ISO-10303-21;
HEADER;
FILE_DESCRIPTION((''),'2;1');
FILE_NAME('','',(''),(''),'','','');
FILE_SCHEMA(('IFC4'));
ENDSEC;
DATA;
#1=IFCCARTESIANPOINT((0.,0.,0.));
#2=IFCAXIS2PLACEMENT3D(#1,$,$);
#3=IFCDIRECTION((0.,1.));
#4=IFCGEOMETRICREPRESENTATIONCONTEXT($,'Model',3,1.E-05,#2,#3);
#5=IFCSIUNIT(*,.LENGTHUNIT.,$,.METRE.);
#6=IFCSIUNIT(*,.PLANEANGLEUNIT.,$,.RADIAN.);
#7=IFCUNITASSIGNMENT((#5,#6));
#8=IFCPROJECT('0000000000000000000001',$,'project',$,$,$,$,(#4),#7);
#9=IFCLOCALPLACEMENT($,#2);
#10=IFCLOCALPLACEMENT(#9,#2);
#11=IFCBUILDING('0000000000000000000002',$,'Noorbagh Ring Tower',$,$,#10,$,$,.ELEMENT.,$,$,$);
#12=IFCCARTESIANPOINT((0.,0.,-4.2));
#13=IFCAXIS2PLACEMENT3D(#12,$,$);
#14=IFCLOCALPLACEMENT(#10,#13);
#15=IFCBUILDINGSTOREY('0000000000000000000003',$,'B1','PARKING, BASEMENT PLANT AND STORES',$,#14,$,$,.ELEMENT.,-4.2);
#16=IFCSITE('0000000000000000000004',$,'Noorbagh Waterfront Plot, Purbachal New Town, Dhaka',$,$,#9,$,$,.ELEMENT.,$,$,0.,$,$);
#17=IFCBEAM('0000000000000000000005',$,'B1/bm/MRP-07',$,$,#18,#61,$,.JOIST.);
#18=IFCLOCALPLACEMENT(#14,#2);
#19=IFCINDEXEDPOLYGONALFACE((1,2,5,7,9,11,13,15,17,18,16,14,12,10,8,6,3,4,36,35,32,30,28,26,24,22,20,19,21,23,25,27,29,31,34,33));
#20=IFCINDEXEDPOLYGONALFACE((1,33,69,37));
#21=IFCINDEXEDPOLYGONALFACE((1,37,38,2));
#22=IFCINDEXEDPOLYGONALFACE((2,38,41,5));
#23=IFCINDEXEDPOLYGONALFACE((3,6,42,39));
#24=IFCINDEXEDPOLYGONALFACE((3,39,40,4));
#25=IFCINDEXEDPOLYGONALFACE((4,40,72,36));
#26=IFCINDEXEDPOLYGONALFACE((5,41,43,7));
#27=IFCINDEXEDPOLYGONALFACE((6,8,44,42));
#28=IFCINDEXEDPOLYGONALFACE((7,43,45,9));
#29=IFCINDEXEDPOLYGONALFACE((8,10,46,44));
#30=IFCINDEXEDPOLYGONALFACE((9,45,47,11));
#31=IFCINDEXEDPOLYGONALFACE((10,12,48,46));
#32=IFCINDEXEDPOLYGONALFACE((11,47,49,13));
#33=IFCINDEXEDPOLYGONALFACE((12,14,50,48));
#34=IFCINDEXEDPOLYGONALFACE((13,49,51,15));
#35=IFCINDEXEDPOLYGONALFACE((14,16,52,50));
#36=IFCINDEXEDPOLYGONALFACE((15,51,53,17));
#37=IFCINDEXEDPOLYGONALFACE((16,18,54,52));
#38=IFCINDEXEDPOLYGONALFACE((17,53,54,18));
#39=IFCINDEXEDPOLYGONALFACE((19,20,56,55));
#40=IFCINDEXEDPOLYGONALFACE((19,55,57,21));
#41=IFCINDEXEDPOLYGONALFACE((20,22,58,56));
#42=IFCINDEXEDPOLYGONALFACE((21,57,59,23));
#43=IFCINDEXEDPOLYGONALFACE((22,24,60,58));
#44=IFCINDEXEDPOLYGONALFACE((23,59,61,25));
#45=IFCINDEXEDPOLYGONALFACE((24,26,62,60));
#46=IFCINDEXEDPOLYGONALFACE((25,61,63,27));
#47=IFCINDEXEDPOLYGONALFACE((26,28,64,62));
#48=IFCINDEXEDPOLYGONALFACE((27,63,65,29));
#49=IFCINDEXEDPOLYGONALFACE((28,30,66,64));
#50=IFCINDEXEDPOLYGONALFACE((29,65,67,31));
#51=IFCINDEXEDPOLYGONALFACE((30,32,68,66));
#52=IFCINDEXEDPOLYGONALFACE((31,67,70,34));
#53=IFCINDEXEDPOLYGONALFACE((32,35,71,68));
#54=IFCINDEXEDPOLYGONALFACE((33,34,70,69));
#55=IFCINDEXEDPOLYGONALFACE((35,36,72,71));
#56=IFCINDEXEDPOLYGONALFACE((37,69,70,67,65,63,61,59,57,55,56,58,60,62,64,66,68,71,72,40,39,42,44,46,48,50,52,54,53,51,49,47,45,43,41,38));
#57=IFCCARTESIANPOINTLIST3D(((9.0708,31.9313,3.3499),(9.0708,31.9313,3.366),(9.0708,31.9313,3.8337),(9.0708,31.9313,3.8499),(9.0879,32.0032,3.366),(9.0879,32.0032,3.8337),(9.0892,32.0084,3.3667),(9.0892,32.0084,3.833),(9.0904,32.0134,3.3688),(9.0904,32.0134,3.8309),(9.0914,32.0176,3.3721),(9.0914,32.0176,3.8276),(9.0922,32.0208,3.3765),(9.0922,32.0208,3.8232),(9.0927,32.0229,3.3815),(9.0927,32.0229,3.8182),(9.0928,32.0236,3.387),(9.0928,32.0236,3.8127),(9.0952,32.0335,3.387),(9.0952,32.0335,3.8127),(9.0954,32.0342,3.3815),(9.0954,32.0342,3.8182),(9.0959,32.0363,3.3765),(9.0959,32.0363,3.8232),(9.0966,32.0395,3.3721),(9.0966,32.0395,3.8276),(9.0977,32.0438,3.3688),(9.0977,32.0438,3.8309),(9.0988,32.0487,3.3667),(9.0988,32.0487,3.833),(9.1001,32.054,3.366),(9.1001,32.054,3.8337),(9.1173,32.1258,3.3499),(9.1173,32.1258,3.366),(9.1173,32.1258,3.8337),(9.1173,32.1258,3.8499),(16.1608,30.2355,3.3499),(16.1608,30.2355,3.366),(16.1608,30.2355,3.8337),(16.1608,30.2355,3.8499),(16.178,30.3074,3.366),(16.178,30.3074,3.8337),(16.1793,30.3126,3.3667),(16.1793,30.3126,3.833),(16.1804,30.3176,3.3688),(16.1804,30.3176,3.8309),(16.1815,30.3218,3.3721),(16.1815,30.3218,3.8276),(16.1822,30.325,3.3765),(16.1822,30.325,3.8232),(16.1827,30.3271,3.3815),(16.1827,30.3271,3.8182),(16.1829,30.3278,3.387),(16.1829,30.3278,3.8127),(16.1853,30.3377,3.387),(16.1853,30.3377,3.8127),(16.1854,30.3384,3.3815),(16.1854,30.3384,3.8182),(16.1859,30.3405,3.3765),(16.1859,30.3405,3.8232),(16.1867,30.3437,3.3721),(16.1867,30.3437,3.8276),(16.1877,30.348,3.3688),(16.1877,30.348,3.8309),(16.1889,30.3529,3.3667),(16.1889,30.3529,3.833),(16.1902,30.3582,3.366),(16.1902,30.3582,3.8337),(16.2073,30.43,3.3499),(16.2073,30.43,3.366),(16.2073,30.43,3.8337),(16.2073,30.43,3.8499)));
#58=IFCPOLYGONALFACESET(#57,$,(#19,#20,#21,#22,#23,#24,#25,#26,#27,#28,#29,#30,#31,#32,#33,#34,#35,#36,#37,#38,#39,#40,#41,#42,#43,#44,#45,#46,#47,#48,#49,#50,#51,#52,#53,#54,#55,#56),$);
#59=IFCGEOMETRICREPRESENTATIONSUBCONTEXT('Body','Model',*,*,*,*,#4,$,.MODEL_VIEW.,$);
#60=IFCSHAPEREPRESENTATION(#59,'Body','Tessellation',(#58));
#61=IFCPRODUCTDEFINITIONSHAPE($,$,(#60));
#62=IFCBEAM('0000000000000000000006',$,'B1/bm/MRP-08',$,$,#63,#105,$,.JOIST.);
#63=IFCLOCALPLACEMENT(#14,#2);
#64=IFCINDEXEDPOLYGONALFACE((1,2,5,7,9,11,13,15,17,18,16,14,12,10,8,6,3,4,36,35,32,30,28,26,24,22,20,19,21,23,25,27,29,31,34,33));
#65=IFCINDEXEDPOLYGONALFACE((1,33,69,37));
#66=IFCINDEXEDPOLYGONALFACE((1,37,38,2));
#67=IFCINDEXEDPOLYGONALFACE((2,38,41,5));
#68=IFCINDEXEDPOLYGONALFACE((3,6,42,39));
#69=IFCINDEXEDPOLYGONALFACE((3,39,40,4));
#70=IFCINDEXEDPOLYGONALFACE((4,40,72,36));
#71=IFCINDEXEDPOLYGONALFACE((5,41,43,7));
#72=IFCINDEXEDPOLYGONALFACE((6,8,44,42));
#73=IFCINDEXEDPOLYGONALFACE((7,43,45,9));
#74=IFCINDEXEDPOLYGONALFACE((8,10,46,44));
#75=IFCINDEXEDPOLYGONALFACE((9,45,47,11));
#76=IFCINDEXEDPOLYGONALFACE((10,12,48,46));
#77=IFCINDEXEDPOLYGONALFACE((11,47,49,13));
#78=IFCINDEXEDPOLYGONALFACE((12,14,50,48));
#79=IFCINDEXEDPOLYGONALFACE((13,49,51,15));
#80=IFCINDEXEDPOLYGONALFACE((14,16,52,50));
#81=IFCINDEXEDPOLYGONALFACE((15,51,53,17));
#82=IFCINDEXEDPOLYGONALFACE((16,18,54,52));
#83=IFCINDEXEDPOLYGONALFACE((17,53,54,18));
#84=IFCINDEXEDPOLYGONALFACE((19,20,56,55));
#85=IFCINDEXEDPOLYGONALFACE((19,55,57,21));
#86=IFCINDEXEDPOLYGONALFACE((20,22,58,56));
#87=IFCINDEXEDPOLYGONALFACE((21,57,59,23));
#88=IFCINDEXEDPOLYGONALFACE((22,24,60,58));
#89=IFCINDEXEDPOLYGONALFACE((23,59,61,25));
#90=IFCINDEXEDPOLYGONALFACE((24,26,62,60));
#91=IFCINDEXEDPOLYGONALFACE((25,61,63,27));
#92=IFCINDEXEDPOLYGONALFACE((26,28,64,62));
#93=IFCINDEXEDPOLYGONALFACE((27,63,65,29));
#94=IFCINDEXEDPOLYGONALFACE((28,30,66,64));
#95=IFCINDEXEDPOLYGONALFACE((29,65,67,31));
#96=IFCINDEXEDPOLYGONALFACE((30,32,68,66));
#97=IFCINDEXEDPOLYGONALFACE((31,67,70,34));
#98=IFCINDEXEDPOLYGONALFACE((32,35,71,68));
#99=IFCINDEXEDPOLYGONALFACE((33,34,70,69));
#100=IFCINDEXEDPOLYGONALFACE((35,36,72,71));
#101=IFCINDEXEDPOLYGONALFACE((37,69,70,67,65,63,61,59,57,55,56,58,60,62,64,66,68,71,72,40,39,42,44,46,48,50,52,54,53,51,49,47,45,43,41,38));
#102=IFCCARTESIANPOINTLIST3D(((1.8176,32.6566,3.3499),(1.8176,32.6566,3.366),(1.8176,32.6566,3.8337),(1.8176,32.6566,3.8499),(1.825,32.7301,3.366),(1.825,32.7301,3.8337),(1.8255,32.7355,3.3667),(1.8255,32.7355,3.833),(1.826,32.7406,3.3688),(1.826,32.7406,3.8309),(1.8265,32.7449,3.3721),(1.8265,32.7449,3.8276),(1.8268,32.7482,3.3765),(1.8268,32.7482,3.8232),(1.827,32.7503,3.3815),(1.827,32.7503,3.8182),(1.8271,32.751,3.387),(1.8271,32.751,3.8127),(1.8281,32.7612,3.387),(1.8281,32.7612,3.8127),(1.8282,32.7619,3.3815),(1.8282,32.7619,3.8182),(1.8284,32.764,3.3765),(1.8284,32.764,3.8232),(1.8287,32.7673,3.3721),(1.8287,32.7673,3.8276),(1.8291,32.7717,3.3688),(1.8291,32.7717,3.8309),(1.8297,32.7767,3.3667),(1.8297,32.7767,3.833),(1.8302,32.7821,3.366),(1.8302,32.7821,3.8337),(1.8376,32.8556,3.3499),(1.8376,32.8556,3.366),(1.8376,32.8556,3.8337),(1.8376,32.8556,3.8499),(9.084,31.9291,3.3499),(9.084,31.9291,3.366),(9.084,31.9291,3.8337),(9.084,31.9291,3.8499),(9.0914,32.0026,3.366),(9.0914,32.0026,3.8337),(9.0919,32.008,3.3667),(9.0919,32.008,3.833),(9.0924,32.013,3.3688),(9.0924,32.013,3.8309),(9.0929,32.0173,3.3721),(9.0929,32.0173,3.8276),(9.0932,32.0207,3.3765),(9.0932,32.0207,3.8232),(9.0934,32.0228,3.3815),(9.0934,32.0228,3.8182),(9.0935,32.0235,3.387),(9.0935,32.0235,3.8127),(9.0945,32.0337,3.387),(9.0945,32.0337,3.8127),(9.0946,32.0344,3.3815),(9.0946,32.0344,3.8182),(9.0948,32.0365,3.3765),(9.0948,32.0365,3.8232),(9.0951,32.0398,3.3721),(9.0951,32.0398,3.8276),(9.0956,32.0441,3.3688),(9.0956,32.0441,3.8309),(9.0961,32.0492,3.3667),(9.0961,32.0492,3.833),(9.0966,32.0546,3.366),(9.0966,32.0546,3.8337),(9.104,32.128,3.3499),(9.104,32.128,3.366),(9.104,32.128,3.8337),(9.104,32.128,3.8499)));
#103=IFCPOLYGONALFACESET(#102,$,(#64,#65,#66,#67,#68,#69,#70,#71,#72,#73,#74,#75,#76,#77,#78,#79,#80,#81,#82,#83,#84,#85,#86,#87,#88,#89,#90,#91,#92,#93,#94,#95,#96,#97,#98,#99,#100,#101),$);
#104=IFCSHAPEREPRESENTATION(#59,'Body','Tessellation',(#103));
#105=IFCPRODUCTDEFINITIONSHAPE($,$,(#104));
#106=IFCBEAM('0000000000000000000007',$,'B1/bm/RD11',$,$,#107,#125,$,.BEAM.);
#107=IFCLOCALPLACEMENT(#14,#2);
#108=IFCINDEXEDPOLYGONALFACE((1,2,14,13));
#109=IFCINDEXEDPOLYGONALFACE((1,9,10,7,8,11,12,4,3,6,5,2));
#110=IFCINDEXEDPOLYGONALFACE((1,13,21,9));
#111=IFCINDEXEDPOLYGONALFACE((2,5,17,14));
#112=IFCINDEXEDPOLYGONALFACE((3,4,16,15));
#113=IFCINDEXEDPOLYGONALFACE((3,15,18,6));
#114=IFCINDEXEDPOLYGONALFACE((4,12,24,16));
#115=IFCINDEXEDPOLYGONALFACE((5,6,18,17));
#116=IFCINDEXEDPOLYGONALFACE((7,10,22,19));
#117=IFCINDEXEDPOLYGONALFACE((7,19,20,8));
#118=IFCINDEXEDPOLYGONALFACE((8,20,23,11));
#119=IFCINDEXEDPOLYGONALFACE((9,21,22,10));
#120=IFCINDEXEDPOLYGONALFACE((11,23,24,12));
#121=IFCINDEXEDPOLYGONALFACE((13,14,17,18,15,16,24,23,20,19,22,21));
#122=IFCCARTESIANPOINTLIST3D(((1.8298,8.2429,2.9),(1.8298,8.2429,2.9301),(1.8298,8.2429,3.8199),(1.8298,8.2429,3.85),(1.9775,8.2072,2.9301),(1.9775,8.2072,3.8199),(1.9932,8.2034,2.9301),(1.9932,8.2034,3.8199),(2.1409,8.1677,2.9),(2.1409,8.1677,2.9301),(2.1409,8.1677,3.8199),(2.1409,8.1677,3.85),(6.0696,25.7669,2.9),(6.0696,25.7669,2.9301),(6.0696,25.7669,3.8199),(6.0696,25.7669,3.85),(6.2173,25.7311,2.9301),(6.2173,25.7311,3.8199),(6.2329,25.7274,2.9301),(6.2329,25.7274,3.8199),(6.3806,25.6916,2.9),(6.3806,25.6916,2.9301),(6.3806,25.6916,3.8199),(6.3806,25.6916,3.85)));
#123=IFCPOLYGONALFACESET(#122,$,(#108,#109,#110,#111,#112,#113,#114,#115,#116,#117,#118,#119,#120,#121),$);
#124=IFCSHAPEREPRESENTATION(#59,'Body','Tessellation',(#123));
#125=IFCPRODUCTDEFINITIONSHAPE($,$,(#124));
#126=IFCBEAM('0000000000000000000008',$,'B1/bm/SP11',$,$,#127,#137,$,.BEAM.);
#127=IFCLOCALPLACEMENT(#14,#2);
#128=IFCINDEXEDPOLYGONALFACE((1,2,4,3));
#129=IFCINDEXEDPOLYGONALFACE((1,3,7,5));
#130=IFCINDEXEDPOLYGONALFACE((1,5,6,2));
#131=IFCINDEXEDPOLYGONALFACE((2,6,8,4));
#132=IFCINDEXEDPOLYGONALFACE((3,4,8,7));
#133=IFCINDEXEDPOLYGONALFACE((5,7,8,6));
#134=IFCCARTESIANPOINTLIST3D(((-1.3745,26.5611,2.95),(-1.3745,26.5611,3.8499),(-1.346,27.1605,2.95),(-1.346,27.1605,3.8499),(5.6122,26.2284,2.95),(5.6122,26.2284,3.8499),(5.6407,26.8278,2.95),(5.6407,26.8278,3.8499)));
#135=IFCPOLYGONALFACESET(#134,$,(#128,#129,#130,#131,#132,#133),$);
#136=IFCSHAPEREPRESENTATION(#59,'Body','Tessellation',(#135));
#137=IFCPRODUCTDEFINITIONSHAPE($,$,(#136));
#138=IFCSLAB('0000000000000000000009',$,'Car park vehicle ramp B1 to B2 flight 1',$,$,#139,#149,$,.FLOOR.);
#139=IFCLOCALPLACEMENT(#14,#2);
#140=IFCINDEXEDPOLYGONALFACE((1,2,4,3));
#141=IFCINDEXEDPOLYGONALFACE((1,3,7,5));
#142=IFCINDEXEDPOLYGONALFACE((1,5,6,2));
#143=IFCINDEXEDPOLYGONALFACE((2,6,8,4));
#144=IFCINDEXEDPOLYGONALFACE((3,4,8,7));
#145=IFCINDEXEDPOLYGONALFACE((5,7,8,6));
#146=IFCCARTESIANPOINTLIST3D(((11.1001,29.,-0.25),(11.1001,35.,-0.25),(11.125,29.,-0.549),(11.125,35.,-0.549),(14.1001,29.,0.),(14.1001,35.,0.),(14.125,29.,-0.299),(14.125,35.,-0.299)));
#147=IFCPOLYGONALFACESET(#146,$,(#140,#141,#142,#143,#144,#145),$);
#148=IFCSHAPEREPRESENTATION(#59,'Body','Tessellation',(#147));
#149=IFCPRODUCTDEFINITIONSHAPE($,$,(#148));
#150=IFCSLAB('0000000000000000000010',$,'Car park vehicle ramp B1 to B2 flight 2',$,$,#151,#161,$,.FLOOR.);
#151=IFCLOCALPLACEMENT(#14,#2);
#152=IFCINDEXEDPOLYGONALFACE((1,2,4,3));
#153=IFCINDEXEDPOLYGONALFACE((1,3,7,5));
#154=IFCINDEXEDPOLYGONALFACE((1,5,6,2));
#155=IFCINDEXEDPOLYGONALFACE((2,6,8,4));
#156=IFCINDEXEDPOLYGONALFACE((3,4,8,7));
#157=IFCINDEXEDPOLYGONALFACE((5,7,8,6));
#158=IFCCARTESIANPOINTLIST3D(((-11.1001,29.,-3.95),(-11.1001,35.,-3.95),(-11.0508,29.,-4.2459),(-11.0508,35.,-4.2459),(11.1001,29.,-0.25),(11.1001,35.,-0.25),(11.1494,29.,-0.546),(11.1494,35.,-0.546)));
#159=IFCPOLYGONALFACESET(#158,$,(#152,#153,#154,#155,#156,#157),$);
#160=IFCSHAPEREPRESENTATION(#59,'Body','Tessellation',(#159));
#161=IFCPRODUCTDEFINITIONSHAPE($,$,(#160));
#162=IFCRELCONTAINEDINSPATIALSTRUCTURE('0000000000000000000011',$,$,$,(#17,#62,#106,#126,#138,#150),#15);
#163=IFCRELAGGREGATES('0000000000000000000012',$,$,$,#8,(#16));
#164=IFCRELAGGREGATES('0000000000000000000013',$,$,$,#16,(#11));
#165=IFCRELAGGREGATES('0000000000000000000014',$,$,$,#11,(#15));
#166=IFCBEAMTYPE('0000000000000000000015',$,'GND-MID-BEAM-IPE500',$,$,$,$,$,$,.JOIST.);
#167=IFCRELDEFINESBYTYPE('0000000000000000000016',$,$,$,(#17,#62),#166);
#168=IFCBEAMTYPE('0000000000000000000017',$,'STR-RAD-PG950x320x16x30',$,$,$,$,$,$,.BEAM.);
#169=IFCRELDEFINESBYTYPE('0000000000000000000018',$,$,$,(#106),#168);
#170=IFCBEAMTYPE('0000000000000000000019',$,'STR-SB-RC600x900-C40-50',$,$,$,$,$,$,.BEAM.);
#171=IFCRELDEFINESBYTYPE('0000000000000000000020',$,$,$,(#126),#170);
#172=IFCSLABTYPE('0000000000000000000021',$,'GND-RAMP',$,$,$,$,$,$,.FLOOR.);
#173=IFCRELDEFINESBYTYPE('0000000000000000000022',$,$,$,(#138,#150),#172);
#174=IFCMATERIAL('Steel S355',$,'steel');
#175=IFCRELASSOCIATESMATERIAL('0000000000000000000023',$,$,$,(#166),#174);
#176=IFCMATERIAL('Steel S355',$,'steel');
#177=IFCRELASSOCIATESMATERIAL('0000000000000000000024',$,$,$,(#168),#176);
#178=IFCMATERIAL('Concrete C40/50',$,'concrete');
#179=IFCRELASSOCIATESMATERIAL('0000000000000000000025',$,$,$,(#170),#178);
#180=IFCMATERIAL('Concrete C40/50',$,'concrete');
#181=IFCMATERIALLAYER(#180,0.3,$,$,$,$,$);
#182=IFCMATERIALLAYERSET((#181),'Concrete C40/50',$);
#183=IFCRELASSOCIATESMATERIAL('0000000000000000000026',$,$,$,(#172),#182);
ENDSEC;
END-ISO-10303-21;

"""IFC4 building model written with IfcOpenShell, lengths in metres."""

from ifc_helpers import new_model, si_unit, direction, frame, origin, origin_2d, place, context, subcontext, project, spatial, polyline, rectangle, i_section, outline, extrude, material, layer, layer_set, material_profile, profile_set, type_object, element, save


model = new_model("IFC4")

# Units and contexts
model_context = context("Model", 3, precision=1e-05, world=origin(), true_north=direction((0.0, 1.0)))
body_context = subcontext(model_context, "Body", "Model", "MODEL_VIEW")
ifc_project = project(units=[si_unit("LENGTHUNIT", "METRE"), si_unit("PLANEANGLEUNIT", "RADIAN")], contexts=[model_context])

# Site, building, storey
site_placement = place(None, origin())
site = spatial("IfcSite", under=ifc_project, at=site_placement, Name="Noorbagh Waterfront Plot, Purbachal New Town, Dhaka", CompositionType="ELEMENT", RefElevation=0.0)
building_placement = place(site_placement, origin())
building = spatial("IfcBuilding", under=site, at=building_placement, Name="Noorbagh Ring Tower", CompositionType="ELEMENT")
storey_placement = place(building_placement, frame((0.0, 0.0, -4.2)))
storey = spatial("IfcBuildingStorey", under=building, at=storey_placement, Name="B1", Description="PARKING, BASEMENT PLANT AND STORES", CompositionType="ELEMENT", Elevation=-4.2)

# Beams
ifc_material_1 = material(Name="Steel S355", Category="steel")
ifc_material_profile_1 = material_profile(ifc_material_1, i_section(OverallWidth=0.2, OverallDepth=0.5, WebThickness=0.0103, FlangeThickness=0.0161, FilletRadius=0.021, at=origin_2d()), Name="IPE500")
ifc_profile_set_1 = profile_set([ifc_material_profile_1], Name="Steel S355")
beam_type_1 = type_object("IfcBeamType", Name="GND-MID-BEAM-IPE500", PredefinedType="JOIST", material=ifc_profile_set_1)
beam_1_placement = place(storey_placement, frame((16.1841, 30.3328, 3.5999), z_axis=(-0.972568, 0.232618, 0.0), x_axis=(-0.232618, -0.972568, 0.0)))
element("IfcBeam", 1, at=beam_1_placement, inside=storey, type_object=beam_type_1, Name="B1/bm/MRP-07", PredefinedType="JOIST", context=body_context, shape_type="SweptSolid", body=[
    extrude(i_section(OverallWidth=0.2, OverallDepth=0.5, WebThickness=0.0103, FlangeThickness=0.0161, FilletRadius=0.021, at=origin_2d()), origin(), (0.0, 0.0, 1.0), 7.29),
])
beam_2_placement = place(storey_placement, frame((9.094, 32.0286, 3.5999), z_axis=(-0.995025, 0.099626, 0.0), x_axis=(-0.099626, -0.995025, 0.0)))
element("IfcBeam", 2, at=beam_2_placement, inside=storey, type_object=beam_type_1, Name="B1/bm/MRP-08", PredefinedType="JOIST", context=body_context, shape_type="SweptSolid", body=[
    extrude(i_section(OverallWidth=0.2, OverallDepth=0.5, WebThickness=0.0103, FlangeThickness=0.0161, FilletRadius=0.021, at=origin_2d()), origin(), (0.0, 0.0, 1.0), 7.3027),
])
ifc_material_2 = material(Name="Steel S355", Category="steel")
ifc_material_profile_2 = material_profile(ifc_material_2, i_section(OverallWidth=0.3201, OverallDepth=0.95, WebThickness=0.0161, FlangeThickness=0.03, at=origin_2d()), Name="PG950x320x16x30")
ifc_profile_set_2 = profile_set([ifc_material_profile_2], Name="Steel S355")
beam_type_2 = type_object("IfcBeamType", Name="STR-RAD-PG950x320x16x30", PredefinedType="BEAM", material=ifc_profile_set_2)
beam_3_placement = place(storey_placement, frame((6.2251, 25.7292, 3.375), z_axis=(-0.235156, -0.971958, 0.0), x_axis=(0.971958, -0.235156, 0.0)))
element("IfcBeam", 3, at=beam_3_placement, inside=storey, type_object=beam_type_2, Name="B1/bm/RD11", PredefinedType="BEAM", context=body_context, shape_type="SweptSolid", body=[
    extrude(i_section(OverallWidth=0.3201, OverallDepth=0.95, WebThickness=0.0161, FlangeThickness=0.03, at=origin_2d()), origin(), (0.0, 0.0, 1.0), 18.0295),
])
ifc_material_3 = material(Name="Concrete C40/50", Category="concrete")
ifc_material_profile_3 = material_profile(ifc_material_3, rectangle(XDim=0.6001, YDim=0.8999, at=origin_2d()), Name="RC600x900")
ifc_profile_set_3 = profile_set([ifc_material_profile_3], Name="Concrete C40/50")
beam_type_3 = type_object("IfcBeamType", Name="STR-SB-RC600x900-C40-50", PredefinedType="BEAM", material=ifc_profile_set_3)
beam_4_placement = place(storey_placement, frame((5.6265, 26.5281, 3.3999), z_axis=(-0.998868, 0.047573, 0.0), x_axis=(-0.047573, -0.998868, 0.0)))
element("IfcBeam", 4, at=beam_4_placement, inside=storey, type_object=beam_type_3, Name="B1/bm/SP11", PredefinedType="BEAM", context=body_context, shape_type="SweptSolid", body=[
    extrude(rectangle(XDim=0.6001, YDim=0.8999, at=origin_2d()), origin(), (0.0, 0.0, 1.0), 6.9946),
])

# Slabs
ifc_material_4 = material(Name="Concrete C40/50", Category="concrete")
ifc_layer_1 = layer(ifc_material_4, 0.3)
ifc_layer_set_1 = layer_set([ifc_layer_1], Name="Concrete C40/50")
slab_type = type_object("IfcSlabType", Name="GND-RAMP", PredefinedType="FLOOR", material=ifc_layer_set_1)
slab_1_placement = place(storey_placement, frame((14.1001, 29.0, 0.0), z_axis=(-0.083045, 0.0, 0.996546), x_axis=(0.0, 1.0, 0.0)))
element("IfcSlab", 5, at=slab_1_placement, inside=storey, type_object=slab_type, Name="Car park vehicle ramp B1 to B2 flight 1", PredefinedType="FLOOR", context=body_context, shape_type="SweptSolid", body=[
    extrude(outline(polyline([(0.0, 0.0), (6.0, 0.0), (6.0, 3.0104), (0.0, 3.0104), (0.0, 0.0)])), origin(), (0.0, 0.0, -1.0), 0.3),
])
slab_2_placement = place(storey_placement, frame((11.1001, 29.0, -0.25), z_axis=(-0.164395, 0.0, 0.986395), x_axis=(0.0, 1.0, 0.0)))
element("IfcSlab", 6, at=slab_2_placement, inside=storey, type_object=slab_type, Name="Car park vehicle ramp B1 to B2 flight 2", PredefinedType="FLOOR", context=body_context, shape_type="SweptSolid", body=[
    extrude(outline(polyline([(0.0, 0.0), (6.0, 0.0), (6.0, 22.5064), (0.0, 22.5064), (0.0, 0.0)])), origin(), (0.0, 0.0, -1.0), 0.3),
])

save(model, "model.ifc")
